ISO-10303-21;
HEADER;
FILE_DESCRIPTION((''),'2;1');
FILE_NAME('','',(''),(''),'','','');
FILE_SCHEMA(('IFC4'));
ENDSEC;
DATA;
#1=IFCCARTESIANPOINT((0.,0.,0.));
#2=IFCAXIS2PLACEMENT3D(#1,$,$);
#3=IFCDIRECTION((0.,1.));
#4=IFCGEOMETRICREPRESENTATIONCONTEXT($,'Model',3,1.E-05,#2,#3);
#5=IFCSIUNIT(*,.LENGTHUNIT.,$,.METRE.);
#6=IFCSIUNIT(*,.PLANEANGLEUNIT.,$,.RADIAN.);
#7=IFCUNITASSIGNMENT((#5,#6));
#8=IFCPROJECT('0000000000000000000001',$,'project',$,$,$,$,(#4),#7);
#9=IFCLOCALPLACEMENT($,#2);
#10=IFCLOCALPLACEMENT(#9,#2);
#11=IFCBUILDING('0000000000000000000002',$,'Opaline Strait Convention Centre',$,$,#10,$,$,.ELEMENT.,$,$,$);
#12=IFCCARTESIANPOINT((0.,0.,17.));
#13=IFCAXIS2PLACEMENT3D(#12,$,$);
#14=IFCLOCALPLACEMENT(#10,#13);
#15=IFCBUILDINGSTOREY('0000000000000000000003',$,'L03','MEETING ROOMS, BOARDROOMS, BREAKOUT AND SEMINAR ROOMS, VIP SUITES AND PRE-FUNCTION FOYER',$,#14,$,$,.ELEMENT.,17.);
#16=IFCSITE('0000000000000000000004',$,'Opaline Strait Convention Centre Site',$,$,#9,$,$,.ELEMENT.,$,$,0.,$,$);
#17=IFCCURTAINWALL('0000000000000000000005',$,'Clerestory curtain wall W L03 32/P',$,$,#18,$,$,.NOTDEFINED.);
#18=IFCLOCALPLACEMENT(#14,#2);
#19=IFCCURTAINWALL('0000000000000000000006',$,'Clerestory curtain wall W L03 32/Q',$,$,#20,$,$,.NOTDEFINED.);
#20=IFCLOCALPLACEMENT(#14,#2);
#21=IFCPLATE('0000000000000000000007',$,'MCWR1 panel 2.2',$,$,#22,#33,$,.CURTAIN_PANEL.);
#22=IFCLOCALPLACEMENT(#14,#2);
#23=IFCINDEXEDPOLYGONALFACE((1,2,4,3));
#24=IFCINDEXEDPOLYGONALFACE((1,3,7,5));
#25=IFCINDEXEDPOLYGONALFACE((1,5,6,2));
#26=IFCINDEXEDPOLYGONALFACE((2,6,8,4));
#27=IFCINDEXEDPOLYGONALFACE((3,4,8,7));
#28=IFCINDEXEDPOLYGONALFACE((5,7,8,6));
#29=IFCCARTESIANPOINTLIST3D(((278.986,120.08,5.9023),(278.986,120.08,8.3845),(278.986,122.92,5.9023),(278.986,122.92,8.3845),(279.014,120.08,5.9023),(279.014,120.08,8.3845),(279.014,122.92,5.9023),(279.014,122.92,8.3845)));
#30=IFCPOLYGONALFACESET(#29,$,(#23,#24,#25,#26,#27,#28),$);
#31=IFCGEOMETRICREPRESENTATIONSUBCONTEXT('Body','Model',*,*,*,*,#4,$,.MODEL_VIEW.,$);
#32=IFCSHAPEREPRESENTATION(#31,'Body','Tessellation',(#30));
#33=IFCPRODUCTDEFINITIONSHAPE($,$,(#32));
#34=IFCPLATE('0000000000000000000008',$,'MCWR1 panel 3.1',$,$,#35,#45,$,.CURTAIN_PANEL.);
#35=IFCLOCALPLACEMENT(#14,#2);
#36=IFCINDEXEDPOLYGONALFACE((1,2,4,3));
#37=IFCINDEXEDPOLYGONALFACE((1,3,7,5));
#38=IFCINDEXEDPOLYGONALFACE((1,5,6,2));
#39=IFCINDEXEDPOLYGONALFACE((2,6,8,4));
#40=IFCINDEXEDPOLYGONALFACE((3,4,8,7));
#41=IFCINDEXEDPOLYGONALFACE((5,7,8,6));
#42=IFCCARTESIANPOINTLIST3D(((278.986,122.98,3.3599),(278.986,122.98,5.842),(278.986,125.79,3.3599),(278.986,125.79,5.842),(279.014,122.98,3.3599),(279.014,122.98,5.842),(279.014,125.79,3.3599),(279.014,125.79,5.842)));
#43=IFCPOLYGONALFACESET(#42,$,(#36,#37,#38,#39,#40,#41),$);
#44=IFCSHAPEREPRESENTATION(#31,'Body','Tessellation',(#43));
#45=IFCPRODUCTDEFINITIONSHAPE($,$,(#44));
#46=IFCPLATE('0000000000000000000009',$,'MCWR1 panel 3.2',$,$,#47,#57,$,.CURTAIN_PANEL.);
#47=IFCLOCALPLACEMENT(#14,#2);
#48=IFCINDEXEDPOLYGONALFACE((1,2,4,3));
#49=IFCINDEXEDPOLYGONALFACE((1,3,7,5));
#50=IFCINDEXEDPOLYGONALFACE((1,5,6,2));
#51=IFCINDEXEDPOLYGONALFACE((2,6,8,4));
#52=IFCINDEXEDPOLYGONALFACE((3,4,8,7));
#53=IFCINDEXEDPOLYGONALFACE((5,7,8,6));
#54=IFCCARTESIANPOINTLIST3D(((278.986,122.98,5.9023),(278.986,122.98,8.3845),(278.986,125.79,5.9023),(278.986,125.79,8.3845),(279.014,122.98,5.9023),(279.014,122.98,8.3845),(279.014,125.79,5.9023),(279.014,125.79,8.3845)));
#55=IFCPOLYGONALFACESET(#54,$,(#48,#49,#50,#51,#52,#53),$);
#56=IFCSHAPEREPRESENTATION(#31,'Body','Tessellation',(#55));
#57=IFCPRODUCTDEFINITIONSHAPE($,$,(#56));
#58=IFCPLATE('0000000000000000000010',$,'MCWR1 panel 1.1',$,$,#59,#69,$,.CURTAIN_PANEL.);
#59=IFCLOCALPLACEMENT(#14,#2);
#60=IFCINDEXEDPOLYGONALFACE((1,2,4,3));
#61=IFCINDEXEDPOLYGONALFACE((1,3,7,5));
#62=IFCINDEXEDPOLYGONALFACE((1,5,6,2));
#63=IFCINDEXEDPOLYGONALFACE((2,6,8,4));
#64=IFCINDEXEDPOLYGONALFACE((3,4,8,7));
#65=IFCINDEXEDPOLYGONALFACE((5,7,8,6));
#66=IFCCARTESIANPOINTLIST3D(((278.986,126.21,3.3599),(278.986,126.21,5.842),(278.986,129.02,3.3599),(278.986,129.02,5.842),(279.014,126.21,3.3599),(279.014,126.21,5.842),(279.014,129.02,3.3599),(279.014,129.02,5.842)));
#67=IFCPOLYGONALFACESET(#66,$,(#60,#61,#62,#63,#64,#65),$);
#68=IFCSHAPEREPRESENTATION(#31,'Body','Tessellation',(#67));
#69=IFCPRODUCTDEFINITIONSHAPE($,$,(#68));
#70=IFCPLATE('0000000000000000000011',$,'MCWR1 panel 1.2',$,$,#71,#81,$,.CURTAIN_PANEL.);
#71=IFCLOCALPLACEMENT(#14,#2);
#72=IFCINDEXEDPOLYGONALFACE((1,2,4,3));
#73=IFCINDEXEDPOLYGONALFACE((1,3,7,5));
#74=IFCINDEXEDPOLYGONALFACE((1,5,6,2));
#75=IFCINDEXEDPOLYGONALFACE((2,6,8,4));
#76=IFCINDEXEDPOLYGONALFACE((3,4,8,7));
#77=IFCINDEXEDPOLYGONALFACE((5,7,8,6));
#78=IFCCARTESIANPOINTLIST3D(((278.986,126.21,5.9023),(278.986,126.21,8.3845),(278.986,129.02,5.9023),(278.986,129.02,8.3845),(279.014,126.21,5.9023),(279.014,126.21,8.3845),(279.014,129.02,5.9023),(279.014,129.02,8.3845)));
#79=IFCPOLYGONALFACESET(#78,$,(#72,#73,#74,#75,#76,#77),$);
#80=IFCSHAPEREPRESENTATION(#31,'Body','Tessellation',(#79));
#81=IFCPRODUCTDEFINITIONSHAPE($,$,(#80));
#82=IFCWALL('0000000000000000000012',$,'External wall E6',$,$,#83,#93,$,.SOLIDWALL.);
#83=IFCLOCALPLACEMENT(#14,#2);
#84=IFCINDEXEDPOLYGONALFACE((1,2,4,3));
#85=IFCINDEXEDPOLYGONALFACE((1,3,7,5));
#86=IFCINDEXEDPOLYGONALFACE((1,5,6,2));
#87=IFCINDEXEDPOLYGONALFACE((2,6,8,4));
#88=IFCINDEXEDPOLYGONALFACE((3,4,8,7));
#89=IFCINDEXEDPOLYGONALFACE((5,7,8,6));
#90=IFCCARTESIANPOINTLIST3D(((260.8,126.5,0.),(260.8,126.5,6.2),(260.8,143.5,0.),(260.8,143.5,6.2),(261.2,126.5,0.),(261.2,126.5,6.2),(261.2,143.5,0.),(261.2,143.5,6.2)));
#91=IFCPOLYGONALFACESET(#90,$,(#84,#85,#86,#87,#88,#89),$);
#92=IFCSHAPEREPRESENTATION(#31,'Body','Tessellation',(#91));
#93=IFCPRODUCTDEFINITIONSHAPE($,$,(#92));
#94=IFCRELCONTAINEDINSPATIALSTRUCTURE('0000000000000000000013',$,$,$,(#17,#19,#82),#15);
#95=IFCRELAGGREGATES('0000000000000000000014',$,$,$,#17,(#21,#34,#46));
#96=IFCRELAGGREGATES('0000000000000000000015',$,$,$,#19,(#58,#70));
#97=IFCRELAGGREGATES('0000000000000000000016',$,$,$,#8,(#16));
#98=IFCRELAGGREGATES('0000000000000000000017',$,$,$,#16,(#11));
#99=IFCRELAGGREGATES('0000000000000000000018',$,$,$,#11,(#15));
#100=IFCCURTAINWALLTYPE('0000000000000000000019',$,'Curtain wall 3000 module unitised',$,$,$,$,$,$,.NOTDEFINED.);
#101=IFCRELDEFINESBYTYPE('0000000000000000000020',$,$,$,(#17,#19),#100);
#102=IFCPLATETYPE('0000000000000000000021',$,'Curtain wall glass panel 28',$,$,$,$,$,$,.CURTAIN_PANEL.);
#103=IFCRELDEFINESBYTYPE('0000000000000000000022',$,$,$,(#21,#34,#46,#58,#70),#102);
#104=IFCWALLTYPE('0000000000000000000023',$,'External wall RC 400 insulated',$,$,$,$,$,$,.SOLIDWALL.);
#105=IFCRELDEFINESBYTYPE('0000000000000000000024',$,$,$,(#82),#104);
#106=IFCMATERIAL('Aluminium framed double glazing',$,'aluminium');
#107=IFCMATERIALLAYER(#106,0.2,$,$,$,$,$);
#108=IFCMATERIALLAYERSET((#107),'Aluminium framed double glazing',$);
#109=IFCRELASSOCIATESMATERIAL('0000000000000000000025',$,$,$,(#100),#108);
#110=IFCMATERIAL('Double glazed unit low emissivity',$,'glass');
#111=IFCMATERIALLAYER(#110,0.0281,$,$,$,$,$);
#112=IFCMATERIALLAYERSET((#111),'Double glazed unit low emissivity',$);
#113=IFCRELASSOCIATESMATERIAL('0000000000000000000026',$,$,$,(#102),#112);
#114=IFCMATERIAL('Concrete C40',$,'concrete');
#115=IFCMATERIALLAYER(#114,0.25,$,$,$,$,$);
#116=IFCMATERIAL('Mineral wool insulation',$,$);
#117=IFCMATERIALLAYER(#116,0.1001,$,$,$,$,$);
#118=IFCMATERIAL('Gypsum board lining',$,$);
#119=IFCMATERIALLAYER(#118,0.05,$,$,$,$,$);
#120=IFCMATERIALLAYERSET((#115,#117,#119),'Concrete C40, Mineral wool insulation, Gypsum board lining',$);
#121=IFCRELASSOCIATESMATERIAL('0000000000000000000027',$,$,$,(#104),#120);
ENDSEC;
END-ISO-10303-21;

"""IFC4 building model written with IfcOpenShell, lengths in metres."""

from ifc_helpers import new_model, si_unit, direction, frame, frame_2d, origin, origin_2d, place, context, subcontext, project, spatial, rectangle, extrude, material, layer, layer_set, type_object, element, aggregate, save


model = new_model("IFC4")

# Units and contexts
model_context = context("Model", 3, precision=1e-05, world=origin(), true_north=direction((0.0, 1.0)))
body_context = subcontext(model_context, "Body", "Model", "MODEL_VIEW")
ifc_project = project(units=[si_unit("LENGTHUNIT", "METRE"), si_unit("PLANEANGLEUNIT", "RADIAN")], contexts=[model_context])

# Site, building, storey
site_placement = place(None, origin())
site = spatial("IfcSite", under=ifc_project, at=site_placement, Name="Opaline Strait Convention Centre Site", CompositionType="ELEMENT", RefElevation=0.0)
building_placement = place(site_placement, origin())
building = spatial("IfcBuilding", under=site, at=building_placement, Name="Opaline Strait Convention Centre", CompositionType="ELEMENT")
storey_placement = place(building_placement, frame((0.0, 0.0, 17.0)))
storey = spatial("IfcBuildingStorey", under=building, at=storey_placement, Name="L03", Description="MEETING ROOMS, BOARDROOMS, BREAKOUT AND SEMINAR ROOMS, VIP SUITES AND PRE-FUNCTION FOYER", CompositionType="ELEMENT", Elevation=17.0)

# Curtain walls
ifc_material_1 = material(Name="Aluminium framed double glazing", Category="aluminium")
ifc_layer_1 = layer(ifc_material_1, 0.2)
ifc_layer_set_1 = layer_set([ifc_layer_1], Name="Aluminium framed double glazing")
curtain_wall_type = type_object("IfcCurtainWallType", Name="Curtain wall 3000 module unitised", PredefinedType="NOTDEFINED", material=ifc_layer_set_1)
curtain_wall_1_placement = place(storey_placement, origin())
curtain_wall_1 = element("IfcCurtainWall", 1, at=curtain_wall_1_placement, inside=storey, type_object=curtain_wall_type, Name="Clerestory curtain wall W L03 32/P", PredefinedType="NOTDEFINED")
curtain_wall_2_placement = place(storey_placement, origin())
curtain_wall_2 = element("IfcCurtainWall", 2, at=curtain_wall_2_placement, inside=storey, type_object=curtain_wall_type, Name="Clerestory curtain wall W L03 32/Q", PredefinedType="NOTDEFINED")

# Plates
ifc_material_2 = material(Name="Double glazed unit low emissivity", Category="glass")
ifc_layer_2 = layer(ifc_material_2, 0.0281)
ifc_layer_set_2 = layer_set([ifc_layer_2], Name="Double glazed unit low emissivity")
plate_type = type_object("IfcPlateType", Name="Curtain wall glass panel 28", PredefinedType="CURTAIN_PANEL", material=ifc_layer_set_2)
plate_1_placement = place(storey_placement, frame((279.0, 121.5, 5.9023), z_axis=(0.0, 0.0, 1.0), x_axis=(0.0, 1.0, 0.0)))
plate_1 = element("IfcPlate", 3, at=plate_1_placement, type_object=plate_type, Name="MCWR1 panel 2.2", PredefinedType="CURTAIN_PANEL", context=body_context, shape_type="SweptSolid", body=[
    extrude(rectangle(XDim=2.8401, YDim=0.0281, at=origin_2d()), origin(), (0.0, 0.0, 1.0), 2.4822),
])
plate_2_placement = place(storey_placement, frame((279.0, 124.385, 3.3599), z_axis=(0.0, 0.0, 1.0), x_axis=(0.0, 1.0, 0.0)))
plate_2 = element("IfcPlate", 4, at=plate_2_placement, type_object=plate_type, Name="MCWR1 panel 3.1", PredefinedType="CURTAIN_PANEL", context=body_context, shape_type="SweptSolid", body=[
    extrude(rectangle(XDim=2.8101, YDim=0.0281, at=origin_2d()), origin(), (0.0, 0.0, 1.0), 2.4822),
])
plate_3_placement = place(storey_placement, frame((279.0, 124.385, 5.9023), z_axis=(0.0, 0.0, 1.0), x_axis=(0.0, 1.0, 0.0)))
plate_3 = element("IfcPlate", 5, at=plate_3_placement, type_object=plate_type, Name="MCWR1 panel 3.2", PredefinedType="CURTAIN_PANEL", context=body_context, shape_type="SweptSolid", body=[
    extrude(rectangle(XDim=2.8101, YDim=0.0281, at=origin_2d()), origin(), (0.0, 0.0, 1.0), 2.4822),
])
aggregate(curtain_wall_1, [plate_1, plate_2, plate_3])
plate_4_placement = place(storey_placement, frame((279.0, 127.615, 3.3599), z_axis=(0.0, 0.0, 1.0), x_axis=(0.0, 1.0, 0.0)))
plate_4 = element("IfcPlate", 6, at=plate_4_placement, type_object=plate_type, Name="MCWR1 panel 1.1", PredefinedType="CURTAIN_PANEL", context=body_context, shape_type="SweptSolid", body=[
    extrude(rectangle(XDim=2.8101, YDim=0.0281, at=origin_2d()), origin(), (0.0, 0.0, 1.0), 2.4822),
])
plate_5_placement = place(storey_placement, frame((279.0, 127.615, 5.9023), z_axis=(0.0, 0.0, 1.0), x_axis=(0.0, 1.0, 0.0)))
plate_5 = element("IfcPlate", 7, at=plate_5_placement, type_object=plate_type, Name="MCWR1 panel 1.2", PredefinedType="CURTAIN_PANEL", context=body_context, shape_type="SweptSolid", body=[
    extrude(rectangle(XDim=2.8101, YDim=0.0281, at=origin_2d()), origin(), (0.0, 0.0, 1.0), 2.4822),
])
aggregate(curtain_wall_2, [plate_4, plate_5])

# Wall
ifc_material_3 = material(Name="Concrete C40", Category="concrete")
ifc_layer_3 = layer(ifc_material_3, 0.25)
ifc_material_4 = material(Name="Mineral wool insulation")
ifc_layer_4 = layer(ifc_material_4, 0.1001)
ifc_material_5 = material(Name="Gypsum board lining")
ifc_layer_5 = layer(ifc_material_5, 0.05)
ifc_layer_set_3 = layer_set([ifc_layer_3, ifc_layer_4, ifc_layer_5], Name="Concrete C40, Mineral wool insulation, Gypsum board lining")
wall_type = type_object("IfcWallType", Name="External wall RC 400 insulated", PredefinedType="SOLIDWALL", material=ifc_layer_set_3)
wall_placement = place(storey_placement, frame((261.0, 126.5, 0.0), z_axis=(0.0, 0.0, 1.0), x_axis=(0.0, 1.0, 0.0)))
element("IfcWall", 8, at=wall_placement, inside=storey, type_object=wall_type, Name="External wall E6", PredefinedType="SOLIDWALL", context=body_context, shape_type="SweptSolid", body=[
    extrude(rectangle(XDim=17.0, YDim=0.3999, at=frame_2d((8.5, 0.0))), origin(), (0.0, 0.0, 1.0), 6.2),
])

save(model, "model.ifc")
